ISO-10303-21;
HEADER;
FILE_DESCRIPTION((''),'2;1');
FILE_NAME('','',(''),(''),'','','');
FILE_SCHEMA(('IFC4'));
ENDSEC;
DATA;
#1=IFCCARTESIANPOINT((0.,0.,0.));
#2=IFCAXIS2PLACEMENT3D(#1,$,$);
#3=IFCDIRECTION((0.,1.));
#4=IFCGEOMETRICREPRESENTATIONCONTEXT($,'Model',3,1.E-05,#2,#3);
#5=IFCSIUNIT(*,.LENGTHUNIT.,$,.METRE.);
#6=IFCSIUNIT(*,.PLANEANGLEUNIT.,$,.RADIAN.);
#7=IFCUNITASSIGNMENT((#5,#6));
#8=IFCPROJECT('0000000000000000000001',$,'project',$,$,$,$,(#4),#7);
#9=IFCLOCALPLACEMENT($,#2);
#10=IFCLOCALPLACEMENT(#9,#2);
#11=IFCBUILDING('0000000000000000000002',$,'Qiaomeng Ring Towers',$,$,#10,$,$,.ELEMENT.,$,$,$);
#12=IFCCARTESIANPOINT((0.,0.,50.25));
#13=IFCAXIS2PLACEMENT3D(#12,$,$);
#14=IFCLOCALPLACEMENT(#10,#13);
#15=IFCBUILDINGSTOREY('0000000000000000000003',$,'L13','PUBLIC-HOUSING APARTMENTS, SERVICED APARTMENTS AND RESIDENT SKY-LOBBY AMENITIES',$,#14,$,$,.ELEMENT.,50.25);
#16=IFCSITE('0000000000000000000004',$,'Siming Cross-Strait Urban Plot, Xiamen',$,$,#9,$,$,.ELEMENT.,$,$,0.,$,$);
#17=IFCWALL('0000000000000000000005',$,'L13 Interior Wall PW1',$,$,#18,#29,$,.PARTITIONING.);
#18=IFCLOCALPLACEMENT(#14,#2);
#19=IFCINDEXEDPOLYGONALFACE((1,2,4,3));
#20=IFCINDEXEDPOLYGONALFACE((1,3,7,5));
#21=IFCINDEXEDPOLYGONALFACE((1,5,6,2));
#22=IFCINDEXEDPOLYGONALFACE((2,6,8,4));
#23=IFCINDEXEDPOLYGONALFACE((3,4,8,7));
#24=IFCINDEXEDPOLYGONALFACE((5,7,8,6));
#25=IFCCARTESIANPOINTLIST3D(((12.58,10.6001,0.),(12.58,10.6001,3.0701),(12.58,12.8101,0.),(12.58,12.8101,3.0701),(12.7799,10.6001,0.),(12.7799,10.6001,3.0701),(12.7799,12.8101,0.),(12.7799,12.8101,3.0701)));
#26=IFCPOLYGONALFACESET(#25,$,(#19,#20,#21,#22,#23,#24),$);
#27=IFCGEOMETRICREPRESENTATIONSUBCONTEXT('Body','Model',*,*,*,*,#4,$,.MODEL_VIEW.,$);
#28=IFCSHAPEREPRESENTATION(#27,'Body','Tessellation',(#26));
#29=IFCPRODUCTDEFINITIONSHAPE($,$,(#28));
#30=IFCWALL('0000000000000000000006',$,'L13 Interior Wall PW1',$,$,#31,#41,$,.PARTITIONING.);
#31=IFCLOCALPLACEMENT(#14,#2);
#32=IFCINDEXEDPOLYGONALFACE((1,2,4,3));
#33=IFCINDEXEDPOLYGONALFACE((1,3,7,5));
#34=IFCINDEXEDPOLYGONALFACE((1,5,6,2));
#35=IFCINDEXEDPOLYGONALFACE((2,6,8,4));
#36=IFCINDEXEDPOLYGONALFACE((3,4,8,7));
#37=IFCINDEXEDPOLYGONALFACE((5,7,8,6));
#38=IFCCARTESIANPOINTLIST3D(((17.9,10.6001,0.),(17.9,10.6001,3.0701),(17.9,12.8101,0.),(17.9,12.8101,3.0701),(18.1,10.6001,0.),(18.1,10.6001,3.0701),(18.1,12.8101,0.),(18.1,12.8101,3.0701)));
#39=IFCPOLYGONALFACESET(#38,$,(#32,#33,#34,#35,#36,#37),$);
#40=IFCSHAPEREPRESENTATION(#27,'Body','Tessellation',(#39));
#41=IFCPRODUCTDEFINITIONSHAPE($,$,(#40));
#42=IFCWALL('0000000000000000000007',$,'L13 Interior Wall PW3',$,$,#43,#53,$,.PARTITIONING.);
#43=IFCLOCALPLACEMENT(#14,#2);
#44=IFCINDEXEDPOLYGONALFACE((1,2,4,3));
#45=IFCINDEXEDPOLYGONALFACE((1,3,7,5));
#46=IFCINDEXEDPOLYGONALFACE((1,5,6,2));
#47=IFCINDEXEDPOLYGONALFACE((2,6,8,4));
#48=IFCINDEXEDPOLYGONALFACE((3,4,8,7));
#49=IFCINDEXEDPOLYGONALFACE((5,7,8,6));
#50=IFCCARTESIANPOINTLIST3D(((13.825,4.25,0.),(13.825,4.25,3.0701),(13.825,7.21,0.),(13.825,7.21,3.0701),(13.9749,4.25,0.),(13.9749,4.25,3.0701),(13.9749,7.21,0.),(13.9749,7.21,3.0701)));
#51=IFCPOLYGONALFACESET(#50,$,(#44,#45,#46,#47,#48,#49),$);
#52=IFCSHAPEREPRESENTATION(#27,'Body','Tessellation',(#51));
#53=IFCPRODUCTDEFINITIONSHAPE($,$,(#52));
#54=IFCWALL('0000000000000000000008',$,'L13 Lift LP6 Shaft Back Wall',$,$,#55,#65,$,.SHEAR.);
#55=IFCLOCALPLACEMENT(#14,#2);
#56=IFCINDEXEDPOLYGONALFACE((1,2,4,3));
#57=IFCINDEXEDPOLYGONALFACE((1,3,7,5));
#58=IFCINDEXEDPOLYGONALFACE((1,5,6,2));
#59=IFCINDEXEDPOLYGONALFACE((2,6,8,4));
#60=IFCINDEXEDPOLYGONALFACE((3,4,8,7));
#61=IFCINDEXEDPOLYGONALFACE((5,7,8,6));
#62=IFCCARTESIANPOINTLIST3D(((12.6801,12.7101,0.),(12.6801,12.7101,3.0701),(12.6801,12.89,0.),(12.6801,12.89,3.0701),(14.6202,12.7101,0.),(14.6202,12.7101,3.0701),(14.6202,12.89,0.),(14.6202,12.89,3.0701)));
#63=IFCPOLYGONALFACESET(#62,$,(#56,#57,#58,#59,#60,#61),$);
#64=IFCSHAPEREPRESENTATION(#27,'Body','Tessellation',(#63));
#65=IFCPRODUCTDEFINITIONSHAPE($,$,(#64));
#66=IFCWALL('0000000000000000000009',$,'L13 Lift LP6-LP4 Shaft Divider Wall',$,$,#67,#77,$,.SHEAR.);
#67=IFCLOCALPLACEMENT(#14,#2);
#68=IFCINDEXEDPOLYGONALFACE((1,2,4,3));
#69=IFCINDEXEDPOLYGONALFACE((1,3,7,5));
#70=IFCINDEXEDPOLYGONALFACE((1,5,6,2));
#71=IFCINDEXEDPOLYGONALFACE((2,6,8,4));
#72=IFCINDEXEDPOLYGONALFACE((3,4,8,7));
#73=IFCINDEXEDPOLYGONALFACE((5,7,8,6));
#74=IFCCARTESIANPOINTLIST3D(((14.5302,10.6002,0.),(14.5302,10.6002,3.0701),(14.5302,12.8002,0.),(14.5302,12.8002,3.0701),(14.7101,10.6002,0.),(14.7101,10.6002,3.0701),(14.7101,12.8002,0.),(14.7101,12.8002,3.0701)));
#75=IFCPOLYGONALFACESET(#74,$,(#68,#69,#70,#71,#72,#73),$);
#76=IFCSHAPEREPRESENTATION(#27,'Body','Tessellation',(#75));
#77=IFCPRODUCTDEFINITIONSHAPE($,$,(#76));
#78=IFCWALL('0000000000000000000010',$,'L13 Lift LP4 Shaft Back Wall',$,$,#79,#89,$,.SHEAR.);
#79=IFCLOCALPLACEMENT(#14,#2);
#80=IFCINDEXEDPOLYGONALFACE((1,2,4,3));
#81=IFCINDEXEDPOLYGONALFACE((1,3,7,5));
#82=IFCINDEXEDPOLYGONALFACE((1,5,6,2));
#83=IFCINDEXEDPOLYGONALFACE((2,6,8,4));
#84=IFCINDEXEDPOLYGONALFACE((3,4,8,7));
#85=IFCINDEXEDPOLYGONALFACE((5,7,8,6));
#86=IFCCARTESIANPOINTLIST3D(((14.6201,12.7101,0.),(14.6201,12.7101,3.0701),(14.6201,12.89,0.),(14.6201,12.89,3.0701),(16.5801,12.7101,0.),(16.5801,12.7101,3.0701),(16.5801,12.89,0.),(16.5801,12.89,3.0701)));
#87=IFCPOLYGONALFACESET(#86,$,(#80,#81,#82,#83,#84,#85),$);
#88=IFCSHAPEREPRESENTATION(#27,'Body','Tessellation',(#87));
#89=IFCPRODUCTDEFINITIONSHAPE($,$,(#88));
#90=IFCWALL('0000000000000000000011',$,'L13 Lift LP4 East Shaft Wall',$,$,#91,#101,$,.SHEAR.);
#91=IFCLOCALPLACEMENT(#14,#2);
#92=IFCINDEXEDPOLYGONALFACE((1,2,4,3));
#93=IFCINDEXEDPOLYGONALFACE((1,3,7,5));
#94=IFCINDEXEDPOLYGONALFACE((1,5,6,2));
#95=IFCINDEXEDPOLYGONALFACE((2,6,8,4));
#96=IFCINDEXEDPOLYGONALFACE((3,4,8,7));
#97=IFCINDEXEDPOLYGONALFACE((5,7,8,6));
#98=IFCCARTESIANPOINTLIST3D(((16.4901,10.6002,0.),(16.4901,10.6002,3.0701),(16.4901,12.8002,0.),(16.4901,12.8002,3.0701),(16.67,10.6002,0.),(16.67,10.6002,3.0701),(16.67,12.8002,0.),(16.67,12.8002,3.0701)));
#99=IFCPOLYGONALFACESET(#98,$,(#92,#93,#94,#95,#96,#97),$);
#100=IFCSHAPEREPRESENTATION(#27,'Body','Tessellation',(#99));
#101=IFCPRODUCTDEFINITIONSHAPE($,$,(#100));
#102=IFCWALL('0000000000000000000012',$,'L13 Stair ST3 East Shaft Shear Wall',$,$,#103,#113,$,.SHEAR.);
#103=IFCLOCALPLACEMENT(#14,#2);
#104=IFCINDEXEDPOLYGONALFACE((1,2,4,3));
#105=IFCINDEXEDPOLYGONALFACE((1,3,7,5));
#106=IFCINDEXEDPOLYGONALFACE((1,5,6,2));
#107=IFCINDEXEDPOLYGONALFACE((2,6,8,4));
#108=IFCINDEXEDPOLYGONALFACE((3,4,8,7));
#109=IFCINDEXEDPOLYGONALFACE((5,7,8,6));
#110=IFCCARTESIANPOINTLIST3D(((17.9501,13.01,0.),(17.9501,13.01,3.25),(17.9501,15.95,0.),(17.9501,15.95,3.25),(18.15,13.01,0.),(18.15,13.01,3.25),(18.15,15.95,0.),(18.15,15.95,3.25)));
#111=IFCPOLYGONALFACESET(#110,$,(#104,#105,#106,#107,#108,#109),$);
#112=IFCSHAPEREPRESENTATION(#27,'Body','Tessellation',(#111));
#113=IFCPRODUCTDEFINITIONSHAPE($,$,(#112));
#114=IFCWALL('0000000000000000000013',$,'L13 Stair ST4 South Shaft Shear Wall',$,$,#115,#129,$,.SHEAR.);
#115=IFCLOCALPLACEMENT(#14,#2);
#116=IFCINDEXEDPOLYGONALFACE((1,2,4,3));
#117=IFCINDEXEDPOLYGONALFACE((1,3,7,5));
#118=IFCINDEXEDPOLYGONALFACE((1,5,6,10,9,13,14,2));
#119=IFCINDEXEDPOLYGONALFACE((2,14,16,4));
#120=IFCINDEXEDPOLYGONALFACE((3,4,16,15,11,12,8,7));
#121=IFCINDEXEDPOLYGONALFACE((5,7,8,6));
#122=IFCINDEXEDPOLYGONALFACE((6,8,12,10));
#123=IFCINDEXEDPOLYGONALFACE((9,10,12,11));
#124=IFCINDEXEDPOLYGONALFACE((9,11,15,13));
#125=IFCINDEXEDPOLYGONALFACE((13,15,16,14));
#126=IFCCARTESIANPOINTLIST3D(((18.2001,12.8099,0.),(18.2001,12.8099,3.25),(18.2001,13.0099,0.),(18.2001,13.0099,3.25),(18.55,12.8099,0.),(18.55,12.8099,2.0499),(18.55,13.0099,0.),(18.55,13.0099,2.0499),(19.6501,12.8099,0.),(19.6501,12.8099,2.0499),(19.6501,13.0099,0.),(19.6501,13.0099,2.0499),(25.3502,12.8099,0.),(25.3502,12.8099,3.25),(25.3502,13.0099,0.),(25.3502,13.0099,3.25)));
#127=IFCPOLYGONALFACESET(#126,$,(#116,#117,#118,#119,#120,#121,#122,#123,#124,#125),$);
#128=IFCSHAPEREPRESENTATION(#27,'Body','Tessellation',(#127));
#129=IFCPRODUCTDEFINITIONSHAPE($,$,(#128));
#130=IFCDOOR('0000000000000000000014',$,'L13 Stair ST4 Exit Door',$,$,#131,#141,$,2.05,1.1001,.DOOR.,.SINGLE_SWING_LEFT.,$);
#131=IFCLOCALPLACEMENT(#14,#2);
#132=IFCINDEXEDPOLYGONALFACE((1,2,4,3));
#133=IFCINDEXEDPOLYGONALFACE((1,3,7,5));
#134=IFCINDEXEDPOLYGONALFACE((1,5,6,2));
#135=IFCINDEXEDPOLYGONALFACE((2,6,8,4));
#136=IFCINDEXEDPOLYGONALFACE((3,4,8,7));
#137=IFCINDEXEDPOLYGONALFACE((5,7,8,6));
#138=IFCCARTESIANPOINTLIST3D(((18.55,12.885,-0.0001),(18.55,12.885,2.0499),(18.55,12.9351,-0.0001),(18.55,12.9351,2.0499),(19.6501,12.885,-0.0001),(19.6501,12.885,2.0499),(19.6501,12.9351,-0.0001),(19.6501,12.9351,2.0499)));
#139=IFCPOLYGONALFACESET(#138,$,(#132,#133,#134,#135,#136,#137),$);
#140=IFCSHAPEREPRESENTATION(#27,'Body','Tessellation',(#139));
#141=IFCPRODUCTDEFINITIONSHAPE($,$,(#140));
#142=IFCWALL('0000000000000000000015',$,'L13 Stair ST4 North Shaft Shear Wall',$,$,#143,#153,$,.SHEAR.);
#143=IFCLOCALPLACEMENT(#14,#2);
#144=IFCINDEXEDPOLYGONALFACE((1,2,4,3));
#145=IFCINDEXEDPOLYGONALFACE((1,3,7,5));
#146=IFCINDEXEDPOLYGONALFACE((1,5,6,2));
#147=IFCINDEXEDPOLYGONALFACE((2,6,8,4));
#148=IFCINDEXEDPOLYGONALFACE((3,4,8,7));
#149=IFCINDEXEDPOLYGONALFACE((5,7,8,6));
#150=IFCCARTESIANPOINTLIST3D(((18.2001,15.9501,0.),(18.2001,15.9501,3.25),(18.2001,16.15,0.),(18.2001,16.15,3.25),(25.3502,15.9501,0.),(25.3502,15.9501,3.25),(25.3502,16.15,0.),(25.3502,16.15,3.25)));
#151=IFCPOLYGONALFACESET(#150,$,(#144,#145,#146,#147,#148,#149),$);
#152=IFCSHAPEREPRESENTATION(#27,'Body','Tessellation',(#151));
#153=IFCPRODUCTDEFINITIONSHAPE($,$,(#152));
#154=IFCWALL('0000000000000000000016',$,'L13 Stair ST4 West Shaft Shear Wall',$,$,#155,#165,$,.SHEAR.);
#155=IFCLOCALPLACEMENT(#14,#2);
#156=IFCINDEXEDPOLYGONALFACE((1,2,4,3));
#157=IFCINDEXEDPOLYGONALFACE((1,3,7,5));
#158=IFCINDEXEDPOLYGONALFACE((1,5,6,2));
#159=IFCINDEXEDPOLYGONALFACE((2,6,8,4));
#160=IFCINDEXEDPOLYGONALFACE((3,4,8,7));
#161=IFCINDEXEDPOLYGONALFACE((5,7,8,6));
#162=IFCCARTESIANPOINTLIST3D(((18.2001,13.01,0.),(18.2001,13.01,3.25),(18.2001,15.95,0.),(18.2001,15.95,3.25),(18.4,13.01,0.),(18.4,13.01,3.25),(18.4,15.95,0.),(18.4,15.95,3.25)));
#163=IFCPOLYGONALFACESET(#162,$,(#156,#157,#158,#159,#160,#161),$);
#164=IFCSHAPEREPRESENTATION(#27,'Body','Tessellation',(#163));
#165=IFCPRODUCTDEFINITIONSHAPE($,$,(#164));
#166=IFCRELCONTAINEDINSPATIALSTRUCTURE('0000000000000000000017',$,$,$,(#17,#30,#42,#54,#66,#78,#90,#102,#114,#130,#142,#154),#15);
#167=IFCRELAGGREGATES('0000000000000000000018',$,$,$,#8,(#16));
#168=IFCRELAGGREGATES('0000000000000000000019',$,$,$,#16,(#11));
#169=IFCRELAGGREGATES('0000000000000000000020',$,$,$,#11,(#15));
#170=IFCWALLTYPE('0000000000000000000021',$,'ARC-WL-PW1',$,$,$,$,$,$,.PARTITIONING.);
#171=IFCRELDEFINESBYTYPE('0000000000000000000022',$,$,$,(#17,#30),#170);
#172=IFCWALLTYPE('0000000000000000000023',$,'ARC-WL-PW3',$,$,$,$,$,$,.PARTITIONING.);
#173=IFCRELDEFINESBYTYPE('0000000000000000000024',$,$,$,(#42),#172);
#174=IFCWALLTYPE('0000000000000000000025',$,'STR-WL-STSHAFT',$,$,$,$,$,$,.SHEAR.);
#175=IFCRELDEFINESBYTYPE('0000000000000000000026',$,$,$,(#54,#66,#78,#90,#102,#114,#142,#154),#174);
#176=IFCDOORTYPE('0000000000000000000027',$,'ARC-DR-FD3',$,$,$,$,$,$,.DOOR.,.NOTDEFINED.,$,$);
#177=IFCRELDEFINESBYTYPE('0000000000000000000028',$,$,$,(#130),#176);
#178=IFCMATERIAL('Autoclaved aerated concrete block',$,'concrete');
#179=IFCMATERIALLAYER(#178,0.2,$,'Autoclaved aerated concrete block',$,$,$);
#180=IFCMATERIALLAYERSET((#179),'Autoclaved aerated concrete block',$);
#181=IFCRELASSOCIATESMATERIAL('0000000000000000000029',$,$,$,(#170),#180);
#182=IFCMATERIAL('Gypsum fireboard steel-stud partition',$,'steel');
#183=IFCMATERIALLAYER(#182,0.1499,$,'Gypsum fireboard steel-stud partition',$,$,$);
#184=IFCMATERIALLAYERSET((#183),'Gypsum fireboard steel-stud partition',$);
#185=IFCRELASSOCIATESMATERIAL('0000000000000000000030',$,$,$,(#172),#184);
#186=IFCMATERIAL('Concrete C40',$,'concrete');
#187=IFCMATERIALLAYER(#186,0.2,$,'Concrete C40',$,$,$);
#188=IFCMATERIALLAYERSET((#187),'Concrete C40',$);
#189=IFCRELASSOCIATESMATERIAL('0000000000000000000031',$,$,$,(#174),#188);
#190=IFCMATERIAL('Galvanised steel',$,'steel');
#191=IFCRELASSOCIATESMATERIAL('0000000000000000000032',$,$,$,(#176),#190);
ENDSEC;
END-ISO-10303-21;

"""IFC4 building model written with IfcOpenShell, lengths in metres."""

from ifc_helpers import new_model, si_unit, direction, frame, frame_2d, origin, place, context, subcontext, project, spatial, rectangle, extrude, source, transform, mapped, material, layer, layer_set, type_object, element, fill, save


model = new_model("IFC4")

# Units and contexts
model_context = context("Model", 3, precision=1e-05, world=origin(), true_north=direction((0.0, 1.0)))
body_context = subcontext(model_context, "Body", "Model", "MODEL_VIEW")
ifc_project = project(units=[si_unit("LENGTHUNIT", "METRE"), si_unit("PLANEANGLEUNIT", "RADIAN")], contexts=[model_context])

# Site, building, storey
site_placement = place(None, origin())
site = spatial("IfcSite", under=ifc_project, at=site_placement, Name="Siming Cross-Strait Urban Plot, Xiamen", CompositionType="ELEMENT", RefElevation=0.0)
building_placement = place(site_placement, origin())
building = spatial("IfcBuilding", under=site, at=building_placement, Name="Qiaomeng Ring Towers", CompositionType="ELEMENT")
storey_placement = place(building_placement, frame((0.0, 0.0, 50.25)))
storey = spatial("IfcBuildingStorey", under=building, at=storey_placement, Name="L13", Description="PUBLIC-HOUSING APARTMENTS, SERVICED APARTMENTS AND RESIDENT SKY-LOBBY AMENITIES", CompositionType="ELEMENT", Elevation=50.25)

# Walls
ifc_material_1 = material(Name="Autoclaved aerated concrete block", Category="concrete")
ifc_layer_1 = layer(ifc_material_1, 0.2, Name="Autoclaved aerated concrete block")
ifc_layer_set_1 = layer_set([ifc_layer_1], Name="Autoclaved aerated concrete block")
wall_type_1 = type_object("IfcWallType", Name="ARC-WL-PW1", PredefinedType="PARTITIONING", material=ifc_layer_set_1)
for number, where, z_axis, x_axis, name in (
    (1, (12.6799, 10.6001, 0.0), (0.0, 0.0, 1.0), (0.0, 1.0, 0.0), "L13 Interior Wall PW1"),
    (2, (18.0, 10.6001, 0.0), (0.0, 0.0, 1.0), (0.0, 1.0, 0.0), "L13 Interior Wall PW1"),
):
    element("IfcWall", number, at=place(storey_placement, frame(where, z_axis=z_axis, x_axis=x_axis)), inside=storey, type_object=wall_type_1, Name=name, PredefinedType="PARTITIONING", context=body_context, shape_type="SweptSolid", body=[
        extrude(rectangle(XDim=2.21, YDim=0.2, at=frame_2d((1.105, 0.0))), origin(), (0.0, 0.0, 1.0), 3.0701),
    ])
ifc_material_2 = material(Name="Gypsum fireboard steel-stud partition", Category="steel")
ifc_layer_2 = layer(ifc_material_2, 0.1499, Name="Gypsum fireboard steel-stud partition")
ifc_layer_set_2 = layer_set([ifc_layer_2], Name="Gypsum fireboard steel-stud partition")
wall_type_2 = type_object("IfcWallType", Name="ARC-WL-PW3", PredefinedType="PARTITIONING", material=ifc_layer_set_2)
wall_1_placement = place(storey_placement, frame((13.8999, 4.25, 0.0), z_axis=(0.0, 0.0, 1.0), x_axis=(0.0, 1.0, 0.0)))
element("IfcWall", 3, at=wall_1_placement, inside=storey, type_object=wall_type_2, Name="L13 Interior Wall PW3", PredefinedType="PARTITIONING", context=body_context, shape_type="SweptSolid", body=[
    extrude(rectangle(XDim=2.96, YDim=0.1499, at=frame_2d((1.48, 0.0))), origin(), (0.0, 0.0, 1.0), 3.0701),
])
ifc_material_3 = material(Name="Concrete C40", Category="concrete")
ifc_layer_3 = layer(ifc_material_3, 0.2, Name="Concrete C40")
ifc_layer_set_3 = layer_set([ifc_layer_3], Name="Concrete C40")
wall_type_3 = type_object("IfcWallType", Name="STR-WL-STSHAFT", PredefinedType="SHEAR", material=ifc_layer_set_3)
wall_2_placement = place(storey_placement, frame((12.6799, 12.8, 0.0), z_axis=(0.0, 0.0, 1.0), x_axis=(1.0, 0.0, 0.0)))
element("IfcWall", 4, at=wall_2_placement, inside=storey, type_object=wall_type_3, Name="L13 Lift LP6 Shaft Back Wall", PredefinedType="SHEAR", context=body_context, shape_type="SweptSolid", body=[
    extrude(rectangle(XDim=1.9402, YDim=0.1799, at=frame_2d((0.9702, 0.0))), origin(), (0.0, 0.0, 1.0), 3.0701),
])
wall_3_placement = place(storey_placement, frame((14.6201, 10.6001, 0.0), z_axis=(0.0, 0.0, 1.0), x_axis=(0.0, 1.0, 0.0)))
element("IfcWall", 5, at=wall_3_placement, inside=storey, type_object=wall_type_3, Name="L13 Lift LP6-LP4 Shaft Divider Wall", PredefinedType="SHEAR", context=body_context, shape_type="SweptSolid", body=[
    extrude(rectangle(XDim=2.2, YDim=0.1799, at=frame_2d((1.1001, 0.0))), origin(), (0.0, 0.0, 1.0), 3.0701),
])
wall_4_placement = place(storey_placement, frame((14.6201, 12.8, 0.0), z_axis=(0.0, 0.0, 1.0), x_axis=(1.0, 0.0, 0.0)))
element("IfcWall", 6, at=wall_4_placement, inside=storey, type_object=wall_type_3, Name="L13 Lift LP4 Shaft Back Wall", PredefinedType="SHEAR", context=body_context, shape_type="SweptSolid", body=[
    extrude(rectangle(XDim=1.96, YDim=0.1799, at=frame_2d((0.98, 0.0))), origin(), (0.0, 0.0, 1.0), 3.0701),
])
wall_5_placement = place(storey_placement, frame((16.5801, 10.6001, 0.0), z_axis=(0.0, 0.0, 1.0), x_axis=(0.0, 1.0, 0.0)))
element("IfcWall", 7, at=wall_5_placement, inside=storey, type_object=wall_type_3, Name="L13 Lift LP4 East Shaft Wall", PredefinedType="SHEAR", context=body_context, shape_type="SweptSolid", body=[
    extrude(rectangle(XDim=2.2, YDim=0.1799, at=frame_2d((1.1001, 0.0))), origin(), (0.0, 0.0, 1.0), 3.0701),
])
wall_6_placement = place(storey_placement, frame((18.05, 13.01, 0.0), z_axis=(0.0, 0.0, 1.0), x_axis=(0.0, 1.0, 0.0)))
element("IfcWall", 8, at=wall_6_placement, inside=storey, type_object=wall_type_3, Name="L13 Stair ST3 East Shaft Shear Wall", PredefinedType="SHEAR", context=body_context, shape_type="SweptSolid", body=[
    extrude(rectangle(XDim=2.9399, YDim=0.2, at=frame_2d((1.47, 0.0))), origin(), (0.0, 0.0, 1.0), 3.25),
])

# Wall, opening, door
wall_7_placement = place(storey_placement, frame((18.2, 12.9099, 0.0), z_axis=(0.0, 0.0, 1.0), x_axis=(1.0, 0.0, 0.0)))
wall_7 = element("IfcWall", 9, at=wall_7_placement, inside=storey, type_object=wall_type_3, Name="L13 Stair ST4 South Shaft Shear Wall", PredefinedType="SHEAR", context=body_context, shape_type="SweptSolid", body=[
    extrude(rectangle(XDim=7.1501, YDim=0.2, at=frame_2d((3.5752, 0.0))), origin(), (0.0, 0.0, 1.0), 3.25),
])
opening_placement = place(wall_7_placement, frame((0.3501, 0.0, 0.0)))
opening = element("IfcOpeningElement", 10, at=opening_placement, cuts=wall_7, PredefinedType="OPENING", context=body_context, shape_type="SweptSolid", body=[
    extrude(rectangle(XDim=1.1001, YDim=2.05, at=frame_2d((0.55, 1.0249))), frame((0.0, 0.1099, 0.0), z_axis=(0.0, -1.0, 0.0), x_axis=(1.0, 0.0, 0.0)), (0.0, 0.0, 1.0), 0.22),
])
ifc_material_4 = material(Name="Galvanised steel", Category="steel")
door_type = type_object("IfcDoorType", Name="ARC-DR-FD3", OperationType="NOTDEFINED", PredefinedType="DOOR", material=ifc_material_4)
shared_shape_1 = source(origin(), body_context, "Body", "SweptSolid", [
    extrude(rectangle(XDim=1.1001, YDim=2.05, at=frame_2d((0.55, 1.0249))), frame((0.0, 0.0249, 0.0), z_axis=(0.0, -1.0, 0.0), x_axis=(1.0, 0.0, 0.0)), (0.0, 0.0, 1.0), 0.05),
])
door_placement = place(opening_placement, frame((1.1001, 0.0, 0.0), z_axis=(0.0, 0.0, 1.0), x_axis=(-1.0, 0.0, 0.0)))
door = element("IfcDoor", 11, at=door_placement, inside=storey, type_object=door_type, Name="L13 Stair ST4 Exit Door", OperationType="SINGLE_SWING_LEFT", OverallHeight=2.05, OverallWidth=1.1001, PredefinedType="DOOR", context=body_context, shape_type="MappedRepresentation", body=[
    mapped(shared_shape_1, transform((0.0, 0.0, 0.0), x_axis=(1.0, 0.0, 0.0), y_axis=(0.0, 1.0, 0.0), z_axis=(0.0, 0.0, 1.0), scale=1.0)),
])
fill(opening, door)

# Walls
wall_8_placement = place(storey_placement, frame((18.2, 16.05, 0.0), z_axis=(0.0, 0.0, 1.0), x_axis=(1.0, 0.0, 0.0)))
element("IfcWall", 12, at=wall_8_placement, inside=storey, type_object=wall_type_3, Name="L13 Stair ST4 North Shaft Shear Wall", PredefinedType="SHEAR", context=body_context, shape_type="SweptSolid", body=[
    extrude(rectangle(XDim=7.1501, YDim=0.2, at=frame_2d((3.5752, 0.0))), origin(), (0.0, 0.0, 1.0), 3.25),
])
wall_9_placement = place(storey_placement, frame((18.3, 13.01, 0.0), z_axis=(0.0, 0.0, 1.0), x_axis=(0.0, 1.0, 0.0)))
element("IfcWall", 13, at=wall_9_placement, inside=storey, type_object=wall_type_3, Name="L13 Stair ST4 West Shaft Shear Wall", PredefinedType="SHEAR", context=body_context, shape_type="SweptSolid", body=[
    extrude(rectangle(XDim=2.9399, YDim=0.2, at=frame_2d((1.47, 0.0))), origin(), (0.0, 0.0, 1.0), 3.25),
])

save(model, "model.ifc")
